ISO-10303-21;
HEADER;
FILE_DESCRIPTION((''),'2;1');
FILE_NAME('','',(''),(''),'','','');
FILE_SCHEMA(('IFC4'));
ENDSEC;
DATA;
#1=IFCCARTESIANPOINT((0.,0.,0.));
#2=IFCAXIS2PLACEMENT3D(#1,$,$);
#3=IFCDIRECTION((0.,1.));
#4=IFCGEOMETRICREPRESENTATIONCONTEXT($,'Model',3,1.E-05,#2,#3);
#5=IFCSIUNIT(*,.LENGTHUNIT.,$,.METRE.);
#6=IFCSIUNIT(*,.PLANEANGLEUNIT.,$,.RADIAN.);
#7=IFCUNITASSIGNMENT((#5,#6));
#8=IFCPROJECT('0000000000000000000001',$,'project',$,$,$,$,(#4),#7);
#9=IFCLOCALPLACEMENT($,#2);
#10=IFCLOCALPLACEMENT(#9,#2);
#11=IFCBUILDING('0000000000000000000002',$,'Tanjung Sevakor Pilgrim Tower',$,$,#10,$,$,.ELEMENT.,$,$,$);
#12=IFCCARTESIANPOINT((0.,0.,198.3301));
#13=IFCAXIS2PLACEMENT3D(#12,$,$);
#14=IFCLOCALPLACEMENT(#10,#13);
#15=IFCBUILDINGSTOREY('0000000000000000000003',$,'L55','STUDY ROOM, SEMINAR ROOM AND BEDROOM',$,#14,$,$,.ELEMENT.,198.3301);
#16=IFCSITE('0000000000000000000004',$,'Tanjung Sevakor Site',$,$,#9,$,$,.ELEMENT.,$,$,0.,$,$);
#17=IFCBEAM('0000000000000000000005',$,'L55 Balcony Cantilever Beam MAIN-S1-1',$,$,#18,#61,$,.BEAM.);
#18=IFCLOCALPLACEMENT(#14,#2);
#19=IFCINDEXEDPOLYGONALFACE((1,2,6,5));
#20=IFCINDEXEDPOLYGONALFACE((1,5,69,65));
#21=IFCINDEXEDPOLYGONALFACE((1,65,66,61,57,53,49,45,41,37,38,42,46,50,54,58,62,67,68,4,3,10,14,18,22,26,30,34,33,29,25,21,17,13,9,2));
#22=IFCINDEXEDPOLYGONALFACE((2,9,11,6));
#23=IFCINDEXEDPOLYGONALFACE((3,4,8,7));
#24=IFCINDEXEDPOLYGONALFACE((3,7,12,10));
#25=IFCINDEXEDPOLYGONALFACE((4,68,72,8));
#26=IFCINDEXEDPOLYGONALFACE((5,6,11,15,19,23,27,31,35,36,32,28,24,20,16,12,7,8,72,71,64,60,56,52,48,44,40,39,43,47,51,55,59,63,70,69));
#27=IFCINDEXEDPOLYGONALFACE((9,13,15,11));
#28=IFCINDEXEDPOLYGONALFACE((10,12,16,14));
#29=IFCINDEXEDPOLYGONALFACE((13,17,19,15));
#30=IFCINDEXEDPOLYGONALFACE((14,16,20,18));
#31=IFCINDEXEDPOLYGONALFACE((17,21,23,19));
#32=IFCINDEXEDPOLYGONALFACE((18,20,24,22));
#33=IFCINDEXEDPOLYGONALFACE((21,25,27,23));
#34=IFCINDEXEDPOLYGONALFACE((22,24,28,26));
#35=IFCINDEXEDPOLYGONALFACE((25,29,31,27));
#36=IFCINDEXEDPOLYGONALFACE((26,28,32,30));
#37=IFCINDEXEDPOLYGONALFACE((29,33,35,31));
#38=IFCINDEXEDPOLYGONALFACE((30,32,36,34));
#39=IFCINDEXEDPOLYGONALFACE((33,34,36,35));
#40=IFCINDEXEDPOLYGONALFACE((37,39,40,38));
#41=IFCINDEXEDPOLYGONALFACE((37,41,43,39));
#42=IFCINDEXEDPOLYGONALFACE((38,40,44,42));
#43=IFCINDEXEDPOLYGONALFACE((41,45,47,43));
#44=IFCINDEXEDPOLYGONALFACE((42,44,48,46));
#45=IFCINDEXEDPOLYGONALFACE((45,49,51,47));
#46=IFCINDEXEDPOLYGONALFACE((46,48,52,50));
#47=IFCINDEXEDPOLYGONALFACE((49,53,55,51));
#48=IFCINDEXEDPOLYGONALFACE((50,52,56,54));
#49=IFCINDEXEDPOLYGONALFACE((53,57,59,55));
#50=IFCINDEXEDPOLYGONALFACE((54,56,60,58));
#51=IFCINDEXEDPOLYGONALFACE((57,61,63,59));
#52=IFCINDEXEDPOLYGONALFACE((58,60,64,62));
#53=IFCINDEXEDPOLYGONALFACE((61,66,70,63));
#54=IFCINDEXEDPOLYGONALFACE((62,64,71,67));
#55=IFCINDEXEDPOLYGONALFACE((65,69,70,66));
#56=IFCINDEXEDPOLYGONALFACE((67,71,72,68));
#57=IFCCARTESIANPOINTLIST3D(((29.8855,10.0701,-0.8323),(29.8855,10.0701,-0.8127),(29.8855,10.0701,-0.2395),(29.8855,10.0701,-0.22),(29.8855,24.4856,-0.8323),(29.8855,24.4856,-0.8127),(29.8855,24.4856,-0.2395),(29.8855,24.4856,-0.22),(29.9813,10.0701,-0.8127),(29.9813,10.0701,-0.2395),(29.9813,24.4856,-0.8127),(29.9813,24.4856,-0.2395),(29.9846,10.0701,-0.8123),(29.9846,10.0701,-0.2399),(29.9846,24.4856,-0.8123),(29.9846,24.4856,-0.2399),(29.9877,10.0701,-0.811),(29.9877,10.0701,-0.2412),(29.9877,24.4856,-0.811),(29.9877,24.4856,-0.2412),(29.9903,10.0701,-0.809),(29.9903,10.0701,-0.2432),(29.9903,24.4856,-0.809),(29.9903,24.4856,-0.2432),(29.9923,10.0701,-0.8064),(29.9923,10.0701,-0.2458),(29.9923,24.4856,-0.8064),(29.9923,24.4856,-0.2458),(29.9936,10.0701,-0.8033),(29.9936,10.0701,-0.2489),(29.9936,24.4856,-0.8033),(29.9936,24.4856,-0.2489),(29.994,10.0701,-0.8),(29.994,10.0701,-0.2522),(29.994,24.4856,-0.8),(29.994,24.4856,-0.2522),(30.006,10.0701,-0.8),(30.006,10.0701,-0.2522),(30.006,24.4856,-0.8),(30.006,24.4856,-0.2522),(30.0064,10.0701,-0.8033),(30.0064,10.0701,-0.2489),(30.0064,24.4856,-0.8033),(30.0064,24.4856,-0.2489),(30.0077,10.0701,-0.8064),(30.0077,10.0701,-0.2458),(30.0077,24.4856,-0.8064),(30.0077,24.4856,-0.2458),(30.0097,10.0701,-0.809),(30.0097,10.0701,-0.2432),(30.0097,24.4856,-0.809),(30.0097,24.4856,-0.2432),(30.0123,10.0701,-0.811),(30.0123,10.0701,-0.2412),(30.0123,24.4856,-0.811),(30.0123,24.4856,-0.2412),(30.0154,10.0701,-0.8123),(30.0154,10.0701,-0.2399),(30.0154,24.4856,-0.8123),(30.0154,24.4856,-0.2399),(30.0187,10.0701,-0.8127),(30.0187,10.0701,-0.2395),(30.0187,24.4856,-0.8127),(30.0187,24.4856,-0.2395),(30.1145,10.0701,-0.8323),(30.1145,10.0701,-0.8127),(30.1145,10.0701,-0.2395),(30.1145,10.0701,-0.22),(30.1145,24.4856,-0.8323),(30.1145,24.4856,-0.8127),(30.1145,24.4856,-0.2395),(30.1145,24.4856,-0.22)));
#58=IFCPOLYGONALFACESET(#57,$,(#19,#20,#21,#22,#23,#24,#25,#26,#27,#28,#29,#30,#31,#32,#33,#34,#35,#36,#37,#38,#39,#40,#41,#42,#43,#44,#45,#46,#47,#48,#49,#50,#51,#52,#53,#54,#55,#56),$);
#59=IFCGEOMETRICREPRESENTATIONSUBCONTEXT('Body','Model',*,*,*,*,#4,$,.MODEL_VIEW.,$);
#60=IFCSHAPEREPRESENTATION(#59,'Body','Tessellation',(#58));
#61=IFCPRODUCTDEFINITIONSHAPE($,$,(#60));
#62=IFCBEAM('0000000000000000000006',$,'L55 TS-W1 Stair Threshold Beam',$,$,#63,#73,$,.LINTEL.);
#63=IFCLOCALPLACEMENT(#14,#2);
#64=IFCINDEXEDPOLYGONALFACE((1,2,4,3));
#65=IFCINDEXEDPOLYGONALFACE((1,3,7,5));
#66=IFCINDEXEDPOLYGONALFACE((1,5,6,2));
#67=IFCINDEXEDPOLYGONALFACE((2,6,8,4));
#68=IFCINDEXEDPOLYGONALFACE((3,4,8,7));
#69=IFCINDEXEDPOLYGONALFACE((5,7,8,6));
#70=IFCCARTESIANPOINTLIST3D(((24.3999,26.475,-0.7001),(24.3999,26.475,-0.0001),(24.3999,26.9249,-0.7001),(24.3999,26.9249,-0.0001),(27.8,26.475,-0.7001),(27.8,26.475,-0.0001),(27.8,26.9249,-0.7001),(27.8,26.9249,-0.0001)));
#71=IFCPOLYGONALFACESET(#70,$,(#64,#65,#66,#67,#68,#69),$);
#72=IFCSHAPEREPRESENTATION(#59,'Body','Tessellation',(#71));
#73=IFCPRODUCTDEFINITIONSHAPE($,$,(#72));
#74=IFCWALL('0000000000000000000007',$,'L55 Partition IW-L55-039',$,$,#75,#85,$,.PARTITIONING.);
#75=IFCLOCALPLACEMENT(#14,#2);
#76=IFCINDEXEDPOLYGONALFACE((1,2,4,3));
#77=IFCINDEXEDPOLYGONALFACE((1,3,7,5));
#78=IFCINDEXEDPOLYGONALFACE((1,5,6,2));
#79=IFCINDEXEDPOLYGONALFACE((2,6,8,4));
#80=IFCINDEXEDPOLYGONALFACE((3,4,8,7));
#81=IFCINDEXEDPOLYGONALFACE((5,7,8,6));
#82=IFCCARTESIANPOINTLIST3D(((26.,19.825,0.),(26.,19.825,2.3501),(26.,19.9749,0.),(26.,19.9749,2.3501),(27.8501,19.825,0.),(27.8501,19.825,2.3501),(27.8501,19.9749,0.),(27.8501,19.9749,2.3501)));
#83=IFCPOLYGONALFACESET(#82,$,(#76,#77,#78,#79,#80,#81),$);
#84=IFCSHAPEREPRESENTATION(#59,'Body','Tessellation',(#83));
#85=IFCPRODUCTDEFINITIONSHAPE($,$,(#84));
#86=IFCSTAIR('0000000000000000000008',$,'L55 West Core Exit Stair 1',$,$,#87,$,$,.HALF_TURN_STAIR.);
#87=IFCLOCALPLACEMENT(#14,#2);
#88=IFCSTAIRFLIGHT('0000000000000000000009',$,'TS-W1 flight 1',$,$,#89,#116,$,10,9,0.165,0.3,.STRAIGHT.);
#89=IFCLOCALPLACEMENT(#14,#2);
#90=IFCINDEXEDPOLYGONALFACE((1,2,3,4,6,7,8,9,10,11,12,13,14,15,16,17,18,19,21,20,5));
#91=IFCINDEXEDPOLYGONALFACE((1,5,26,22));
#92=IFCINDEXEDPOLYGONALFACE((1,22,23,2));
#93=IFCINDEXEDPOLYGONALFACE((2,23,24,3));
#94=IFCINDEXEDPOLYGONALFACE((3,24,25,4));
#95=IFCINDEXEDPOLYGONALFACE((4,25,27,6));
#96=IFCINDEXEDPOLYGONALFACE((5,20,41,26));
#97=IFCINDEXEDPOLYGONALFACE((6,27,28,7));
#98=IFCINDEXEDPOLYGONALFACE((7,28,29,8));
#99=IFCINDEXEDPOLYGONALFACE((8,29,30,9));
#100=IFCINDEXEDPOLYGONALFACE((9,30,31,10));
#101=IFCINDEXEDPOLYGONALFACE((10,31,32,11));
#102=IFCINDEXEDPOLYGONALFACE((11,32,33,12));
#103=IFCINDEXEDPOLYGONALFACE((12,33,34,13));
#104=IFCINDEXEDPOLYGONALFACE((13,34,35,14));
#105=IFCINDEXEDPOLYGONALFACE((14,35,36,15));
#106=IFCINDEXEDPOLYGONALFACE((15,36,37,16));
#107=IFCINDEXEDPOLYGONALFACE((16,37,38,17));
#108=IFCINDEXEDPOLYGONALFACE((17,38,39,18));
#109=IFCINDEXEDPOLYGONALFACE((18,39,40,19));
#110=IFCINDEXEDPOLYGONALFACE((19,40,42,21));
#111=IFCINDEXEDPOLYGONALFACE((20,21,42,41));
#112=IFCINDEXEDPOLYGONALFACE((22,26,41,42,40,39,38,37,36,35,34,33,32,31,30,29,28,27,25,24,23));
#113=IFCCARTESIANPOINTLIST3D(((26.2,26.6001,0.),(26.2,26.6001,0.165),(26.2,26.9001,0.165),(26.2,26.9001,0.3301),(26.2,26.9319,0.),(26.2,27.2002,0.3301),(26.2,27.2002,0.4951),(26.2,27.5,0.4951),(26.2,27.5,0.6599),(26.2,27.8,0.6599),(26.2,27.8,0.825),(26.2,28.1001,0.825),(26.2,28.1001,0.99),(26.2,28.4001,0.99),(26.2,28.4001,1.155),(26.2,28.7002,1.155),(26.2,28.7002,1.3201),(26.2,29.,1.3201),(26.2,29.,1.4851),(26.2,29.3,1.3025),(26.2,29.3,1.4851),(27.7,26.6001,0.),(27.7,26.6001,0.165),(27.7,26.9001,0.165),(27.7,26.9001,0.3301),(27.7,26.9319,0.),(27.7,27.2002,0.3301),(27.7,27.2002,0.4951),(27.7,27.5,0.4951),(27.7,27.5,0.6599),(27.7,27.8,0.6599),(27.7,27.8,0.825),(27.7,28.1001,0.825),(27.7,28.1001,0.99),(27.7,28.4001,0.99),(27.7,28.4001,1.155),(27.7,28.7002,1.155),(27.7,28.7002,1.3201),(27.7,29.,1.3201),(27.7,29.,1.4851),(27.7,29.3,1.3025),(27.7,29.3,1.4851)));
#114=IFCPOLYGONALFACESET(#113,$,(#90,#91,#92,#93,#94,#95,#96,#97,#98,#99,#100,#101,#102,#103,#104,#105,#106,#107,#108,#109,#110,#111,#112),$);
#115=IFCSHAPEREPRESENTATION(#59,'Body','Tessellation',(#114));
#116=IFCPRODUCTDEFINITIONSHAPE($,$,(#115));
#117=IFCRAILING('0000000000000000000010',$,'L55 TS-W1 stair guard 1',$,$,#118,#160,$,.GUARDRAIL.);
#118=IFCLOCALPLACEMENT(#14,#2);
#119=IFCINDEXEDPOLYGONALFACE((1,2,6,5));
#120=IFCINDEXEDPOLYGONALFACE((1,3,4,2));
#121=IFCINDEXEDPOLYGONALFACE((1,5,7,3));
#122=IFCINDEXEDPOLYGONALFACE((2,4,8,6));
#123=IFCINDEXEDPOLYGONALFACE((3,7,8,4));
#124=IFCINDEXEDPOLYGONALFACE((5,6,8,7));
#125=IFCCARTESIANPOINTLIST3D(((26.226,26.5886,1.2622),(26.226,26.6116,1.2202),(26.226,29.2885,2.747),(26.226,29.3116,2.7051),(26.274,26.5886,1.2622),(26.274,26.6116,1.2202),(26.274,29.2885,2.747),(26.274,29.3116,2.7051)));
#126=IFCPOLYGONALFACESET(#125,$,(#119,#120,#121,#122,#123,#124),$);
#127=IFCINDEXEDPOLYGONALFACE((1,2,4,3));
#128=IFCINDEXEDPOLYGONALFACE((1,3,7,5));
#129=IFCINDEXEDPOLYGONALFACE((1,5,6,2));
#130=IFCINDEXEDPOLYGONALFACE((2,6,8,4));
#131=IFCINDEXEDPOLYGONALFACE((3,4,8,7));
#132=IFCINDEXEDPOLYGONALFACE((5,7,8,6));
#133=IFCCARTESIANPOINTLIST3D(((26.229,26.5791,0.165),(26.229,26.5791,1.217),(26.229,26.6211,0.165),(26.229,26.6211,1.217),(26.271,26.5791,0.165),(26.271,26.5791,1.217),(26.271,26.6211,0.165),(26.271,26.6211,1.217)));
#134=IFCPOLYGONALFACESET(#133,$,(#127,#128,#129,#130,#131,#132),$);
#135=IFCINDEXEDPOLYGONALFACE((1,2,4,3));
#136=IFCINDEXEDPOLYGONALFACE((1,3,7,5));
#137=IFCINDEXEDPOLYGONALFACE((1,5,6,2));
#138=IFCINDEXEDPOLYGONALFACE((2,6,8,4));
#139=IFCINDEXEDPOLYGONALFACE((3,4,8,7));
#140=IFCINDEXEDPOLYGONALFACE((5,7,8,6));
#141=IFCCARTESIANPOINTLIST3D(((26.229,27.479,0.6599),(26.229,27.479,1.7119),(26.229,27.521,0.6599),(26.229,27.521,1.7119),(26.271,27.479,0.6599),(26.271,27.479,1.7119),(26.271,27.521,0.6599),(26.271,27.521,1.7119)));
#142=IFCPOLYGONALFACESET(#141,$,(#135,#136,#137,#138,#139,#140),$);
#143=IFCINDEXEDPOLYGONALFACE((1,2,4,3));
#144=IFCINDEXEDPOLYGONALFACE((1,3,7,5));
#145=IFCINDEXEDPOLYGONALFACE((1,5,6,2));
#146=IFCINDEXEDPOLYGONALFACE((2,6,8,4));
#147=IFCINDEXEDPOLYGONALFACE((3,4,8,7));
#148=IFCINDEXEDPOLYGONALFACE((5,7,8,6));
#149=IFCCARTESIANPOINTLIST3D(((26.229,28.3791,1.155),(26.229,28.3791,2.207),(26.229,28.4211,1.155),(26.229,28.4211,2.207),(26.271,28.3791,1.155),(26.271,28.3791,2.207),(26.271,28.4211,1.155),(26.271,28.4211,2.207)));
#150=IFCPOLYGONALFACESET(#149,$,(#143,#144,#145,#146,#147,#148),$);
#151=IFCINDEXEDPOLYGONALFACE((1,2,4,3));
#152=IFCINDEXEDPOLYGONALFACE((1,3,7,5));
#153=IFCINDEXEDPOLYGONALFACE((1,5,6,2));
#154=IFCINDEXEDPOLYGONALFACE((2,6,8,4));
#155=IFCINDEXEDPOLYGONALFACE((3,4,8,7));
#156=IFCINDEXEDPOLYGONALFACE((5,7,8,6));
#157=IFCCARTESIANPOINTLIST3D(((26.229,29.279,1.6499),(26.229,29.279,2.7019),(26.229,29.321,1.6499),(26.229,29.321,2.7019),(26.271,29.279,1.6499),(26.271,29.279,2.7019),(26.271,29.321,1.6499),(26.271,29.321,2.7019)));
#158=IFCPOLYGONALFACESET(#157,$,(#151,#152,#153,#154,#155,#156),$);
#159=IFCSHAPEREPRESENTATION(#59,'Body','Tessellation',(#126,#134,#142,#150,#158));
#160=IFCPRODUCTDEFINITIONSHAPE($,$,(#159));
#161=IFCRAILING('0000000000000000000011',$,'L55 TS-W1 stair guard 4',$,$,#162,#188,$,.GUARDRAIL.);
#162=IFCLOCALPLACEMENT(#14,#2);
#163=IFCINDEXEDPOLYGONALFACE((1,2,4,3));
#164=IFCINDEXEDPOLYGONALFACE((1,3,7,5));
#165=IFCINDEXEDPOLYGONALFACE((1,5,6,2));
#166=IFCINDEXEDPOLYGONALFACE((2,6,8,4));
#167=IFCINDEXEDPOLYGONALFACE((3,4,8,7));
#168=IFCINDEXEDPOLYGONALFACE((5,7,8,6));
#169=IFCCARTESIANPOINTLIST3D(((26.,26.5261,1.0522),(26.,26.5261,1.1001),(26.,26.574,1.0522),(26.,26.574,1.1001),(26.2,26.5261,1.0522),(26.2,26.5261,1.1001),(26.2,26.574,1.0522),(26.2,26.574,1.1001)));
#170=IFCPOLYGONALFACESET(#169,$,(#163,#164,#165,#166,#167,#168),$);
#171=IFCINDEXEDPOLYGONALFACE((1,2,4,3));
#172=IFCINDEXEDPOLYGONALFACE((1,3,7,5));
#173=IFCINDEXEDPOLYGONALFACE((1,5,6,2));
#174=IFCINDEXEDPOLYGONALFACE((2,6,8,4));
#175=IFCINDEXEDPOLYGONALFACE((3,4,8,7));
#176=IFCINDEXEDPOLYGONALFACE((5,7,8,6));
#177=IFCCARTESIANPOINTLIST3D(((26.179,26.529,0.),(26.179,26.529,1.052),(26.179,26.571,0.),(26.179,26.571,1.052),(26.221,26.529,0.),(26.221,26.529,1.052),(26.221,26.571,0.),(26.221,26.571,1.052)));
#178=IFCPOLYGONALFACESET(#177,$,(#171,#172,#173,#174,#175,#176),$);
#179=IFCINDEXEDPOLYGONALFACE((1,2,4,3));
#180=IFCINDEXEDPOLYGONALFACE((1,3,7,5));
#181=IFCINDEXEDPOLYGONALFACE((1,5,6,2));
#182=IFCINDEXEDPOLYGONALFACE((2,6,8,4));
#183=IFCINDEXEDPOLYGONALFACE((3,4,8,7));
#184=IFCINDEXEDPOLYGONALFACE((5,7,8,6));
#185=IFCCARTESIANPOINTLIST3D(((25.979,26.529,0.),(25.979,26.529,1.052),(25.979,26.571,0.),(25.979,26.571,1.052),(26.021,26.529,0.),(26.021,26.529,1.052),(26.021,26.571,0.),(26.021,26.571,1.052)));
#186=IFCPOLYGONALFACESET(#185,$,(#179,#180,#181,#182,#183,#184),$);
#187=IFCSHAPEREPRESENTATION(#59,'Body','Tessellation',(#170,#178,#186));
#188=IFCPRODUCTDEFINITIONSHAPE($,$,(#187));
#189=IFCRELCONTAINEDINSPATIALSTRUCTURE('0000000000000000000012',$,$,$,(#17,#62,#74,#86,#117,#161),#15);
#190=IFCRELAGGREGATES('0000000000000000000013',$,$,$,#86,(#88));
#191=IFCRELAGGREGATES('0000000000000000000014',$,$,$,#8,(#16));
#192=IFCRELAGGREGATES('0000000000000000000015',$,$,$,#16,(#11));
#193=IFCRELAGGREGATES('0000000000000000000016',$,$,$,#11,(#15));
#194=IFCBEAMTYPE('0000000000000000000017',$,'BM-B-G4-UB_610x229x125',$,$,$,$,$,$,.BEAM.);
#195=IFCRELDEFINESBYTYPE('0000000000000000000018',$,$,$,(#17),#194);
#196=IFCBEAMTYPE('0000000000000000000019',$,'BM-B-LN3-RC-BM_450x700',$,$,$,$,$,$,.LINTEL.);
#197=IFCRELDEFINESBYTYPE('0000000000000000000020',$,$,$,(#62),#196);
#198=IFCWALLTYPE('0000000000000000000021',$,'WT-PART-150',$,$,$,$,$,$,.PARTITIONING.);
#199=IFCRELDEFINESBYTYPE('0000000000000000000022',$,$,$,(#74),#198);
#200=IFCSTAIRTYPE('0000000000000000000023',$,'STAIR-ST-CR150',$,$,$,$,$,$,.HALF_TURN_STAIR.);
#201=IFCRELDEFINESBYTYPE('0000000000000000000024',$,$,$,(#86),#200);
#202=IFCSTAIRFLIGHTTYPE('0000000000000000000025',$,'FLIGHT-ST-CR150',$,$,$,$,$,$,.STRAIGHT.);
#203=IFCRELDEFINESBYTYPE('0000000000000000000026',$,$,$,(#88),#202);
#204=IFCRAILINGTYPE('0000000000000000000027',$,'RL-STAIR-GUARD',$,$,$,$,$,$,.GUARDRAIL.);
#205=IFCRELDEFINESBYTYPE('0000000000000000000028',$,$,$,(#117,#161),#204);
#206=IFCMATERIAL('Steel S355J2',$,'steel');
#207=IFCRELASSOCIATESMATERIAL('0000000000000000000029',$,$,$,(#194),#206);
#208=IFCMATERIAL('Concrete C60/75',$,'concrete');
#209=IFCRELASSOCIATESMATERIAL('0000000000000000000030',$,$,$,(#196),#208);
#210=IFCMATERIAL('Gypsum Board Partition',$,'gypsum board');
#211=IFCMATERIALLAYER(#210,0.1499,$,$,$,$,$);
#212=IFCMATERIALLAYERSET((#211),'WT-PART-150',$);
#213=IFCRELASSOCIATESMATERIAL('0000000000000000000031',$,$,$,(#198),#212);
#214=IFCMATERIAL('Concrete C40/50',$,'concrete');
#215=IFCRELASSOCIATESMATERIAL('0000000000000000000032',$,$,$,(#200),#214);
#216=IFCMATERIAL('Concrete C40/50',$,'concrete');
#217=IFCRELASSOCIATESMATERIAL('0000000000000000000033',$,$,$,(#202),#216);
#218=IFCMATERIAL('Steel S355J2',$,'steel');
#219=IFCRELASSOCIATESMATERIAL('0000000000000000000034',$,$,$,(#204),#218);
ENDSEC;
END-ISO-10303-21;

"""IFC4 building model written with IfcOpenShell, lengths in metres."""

from ifc_helpers import new_model, si_unit, direction, frame, frame_2d, origin, origin_2d, place, context, subcontext, project, spatial, polyline, rectangle, i_section, outline, extrude, material, layer, layer_set, material_profile, profile_set, type_object, element, aggregate, save


model = new_model("IFC4")

# Units and contexts
model_context = context("Model", 3, precision=1e-05, world=origin(), true_north=direction((0.0, 1.0)))
body_context = subcontext(model_context, "Body", "Model", "MODEL_VIEW")
ifc_project = project(units=[si_unit("LENGTHUNIT", "METRE"), si_unit("PLANEANGLEUNIT", "RADIAN")], contexts=[model_context])

# Site, building, storey
site_placement = place(None, origin())
site = spatial("IfcSite", under=ifc_project, at=site_placement, Name="Tanjung Sevakor Site", CompositionType="ELEMENT", RefElevation=0.0)
building_placement = place(site_placement, origin())
building = spatial("IfcBuilding", under=site, at=building_placement, Name="Tanjung Sevakor Pilgrim Tower", CompositionType="ELEMENT")
storey_placement = place(building_placement, frame((0.0, 0.0, 198.3301)))
storey = spatial("IfcBuildingStorey", under=building, at=storey_placement, Name="L55", Description="STUDY ROOM, SEMINAR ROOM AND BEDROOM", CompositionType="ELEMENT", Elevation=198.3301)

# Beams
ifc_material_1 = material(Name="Steel S355J2", Category="steel")
ifc_material_profile_1 = material_profile(ifc_material_1, i_section(OverallWidth=0.229, OverallDepth=0.6123, WebThickness=0.012, FlangeThickness=0.0195, FilletRadius=0.0127, at=origin_2d()))
ifc_profile_set_1 = profile_set([ifc_material_profile_1], Name="Steel S355J2")
beam_type_1 = type_object("IfcBeamType", Name="BM-B-G4-UB_610x229x125", PredefinedType="BEAM", material=ifc_profile_set_1)
beam_1_placement = place(storey_placement, frame((30.0, 24.4856, -0.5261), z_axis=(0.0, -1.0, 0.0), x_axis=(1.0, 0.0, 0.0)))
element("IfcBeam", 1, at=beam_1_placement, inside=storey, type_object=beam_type_1, Name="L55 Balcony Cantilever Beam MAIN-S1-1", PredefinedType="BEAM", context=body_context, shape_type="SweptSolid", body=[
    extrude(i_section(OverallWidth=0.229, OverallDepth=0.6123, WebThickness=0.012, FlangeThickness=0.0195, FilletRadius=0.0127, at=origin_2d()), origin(), (0.0, 0.0, 1.0), 14.4155),
])
ifc_material_2 = material(Name="Concrete C60/75", Category="concrete")
ifc_material_profile_2 = material_profile(ifc_material_2, rectangle(XDim=0.45, YDim=0.7, at=origin_2d()))
ifc_profile_set_2 = profile_set([ifc_material_profile_2], Name="Concrete C60/75")
beam_type_2 = type_object("IfcBeamType", Name="BM-B-LN3-RC-BM_450x700", PredefinedType="LINTEL", material=ifc_profile_set_2)
beam_2_placement = place(storey_placement, frame((24.3999, 26.7, -0.3501), z_axis=(1.0, 0.0, 0.0), x_axis=(0.0, 1.0, 0.0)))
element("IfcBeam", 2, at=beam_2_placement, inside=storey, type_object=beam_type_2, Name="L55 TS-W1 Stair Threshold Beam", PredefinedType="LINTEL", context=body_context, shape_type="SweptSolid", body=[
    extrude(rectangle(XDim=0.45, YDim=0.7, at=origin_2d()), origin(), (0.0, 0.0, 1.0), 3.4001),
])

# Wall
ifc_material_3 = material(Name="Gypsum Board Partition", Category="gypsum board")
ifc_layer_1 = layer(ifc_material_3, 0.1499)
ifc_layer_set_1 = layer_set([ifc_layer_1], Name="WT-PART-150")
wall_type_1 = type_object("IfcWallType", Name="WT-PART-150", PredefinedType="PARTITIONING", material=ifc_layer_set_1)
wall_1_placement = place(storey_placement, frame((26.0, 19.8999, 0.0), z_axis=(0.0, 0.0, 1.0), x_axis=(1.0, 0.0, 0.0)))
element("IfcWall", 3, at=wall_1_placement, inside=storey, type_object=wall_type_1, Name="L55 Partition IW-L55-039", PredefinedType="PARTITIONING", context=body_context, shape_type="SweptSolid", body=[
    extrude(rectangle(XDim=1.8501, YDim=0.1499, at=frame_2d((0.925, 0.0))), origin(), (0.0, 0.0, 1.0), 2.3501),
])

# Stair, stair flight
ifc_material_4 = material(Name="Concrete C40/50", Category="concrete")
stair_type = type_object("IfcStairType", Name="STAIR-ST-CR150", PredefinedType="HALF_TURN_STAIR", material=ifc_material_4)
stair_placement = place(storey_placement, origin())
stair = element("IfcStair", 4, at=stair_placement, inside=storey, type_object=stair_type, Name="L55 West Core Exit Stair 1", PredefinedType="HALF_TURN_STAIR")
ifc_material_5 = material(Name="Concrete C40/50", Category="concrete")
stair_flight_type = type_object("IfcStairFlightType", Name="FLIGHT-ST-CR150", PredefinedType="STRAIGHT", material=ifc_material_5)
stair_flight_placement = place(storey_placement, frame((26.95, 26.6001, 0.0), z_axis=(0.0, 0.0, 1.0), x_axis=(0.0, 1.0, 0.0)))
stair_flight = element("IfcStairFlight", 5, at=stair_flight_placement, type_object=stair_flight_type, Name="TS-W1 flight 1", NumberOfRisers=10, NumberOfTreads=9, PredefinedType="STRAIGHT", RiserHeight=0.165, TreadLength=0.3, context=body_context, shape_type="SweptSolid", body=[
    extrude(outline(polyline([(0.0, 0.0), (0.0, 0.165), (0.3, 0.165), (0.3, 0.3301), (0.6001, 0.3301), (0.6001, 0.4951), (0.8999, 0.4951), (0.8999, 0.6599), (1.2, 0.6599), (1.2, 0.825), (1.5, 0.825), (1.5, 0.99), (1.8, 0.99), (1.8, 1.155), (2.1001, 1.155), (2.1001, 1.3201), (2.3999, 1.3201), (2.3999, 1.4851), (2.7, 1.4851), (2.7, 1.6499), (2.7, 1.3025), (0.3318, 0.0), (0.0, 0.0)])), frame((0.0, 0.75, 0.0), z_axis=(0.0, -1.0, 0.0), x_axis=(1.0, 0.0, 0.0)), (0.0, 0.0, 1.0), 1.5),
])
aggregate(stair, [stair_flight])

# Railings
ifc_material_6 = material(Name="Steel S355J2", Category="steel")
railing_type_1 = type_object("IfcRailingType", Name="RL-STAIR-GUARD", PredefinedType="GUARDRAIL", material=ifc_material_6)
railing_1_placement = place(storey_placement, frame((26.25, 26.6001, 0.165)))
element("IfcRailing", 6, at=railing_1_placement, inside=storey, type_object=railing_type_1, Name="L55 TS-W1 stair guard 1", PredefinedType="GUARDRAIL", context=body_context, shape_type="SweptSolid", body=[
    extrude(rectangle(XDim=0.0479, YDim=0.0479), frame((0.0, 0.0, 1.0762), z_axis=(0.0, 0.876231, 0.481891), x_axis=(-1.0, 0.0, 0.0)), (0.0, 0.0, 1.0), 3.0813),
    extrude(rectangle(XDim=0.042, YDim=0.042), origin(), (0.0, 0.0, 1.0), 1.052),
    extrude(rectangle(XDim=0.042, YDim=0.042), frame((0.0, 0.8999, 0.4949)), (0.0, 0.0, 1.0), 1.052),
    extrude(rectangle(XDim=0.042, YDim=0.042), frame((0.0, 1.8, 0.99)), (0.0, 0.0, 1.0), 1.052),
    extrude(rectangle(XDim=0.042, YDim=0.042), frame((0.0, 2.7, 1.4849)), (0.0, 0.0, 1.0), 1.052),
])
railing_2_placement = place(storey_placement, frame((26.2, 26.55, 0.0)))
element("IfcRailing", 7, at=railing_2_placement, inside=storey, type_object=railing_type_1, Name="L55 TS-W1 stair guard 4", PredefinedType="GUARDRAIL", context=body_context, shape_type="SweptSolid", body=[
    extrude(rectangle(XDim=0.0479, YDim=0.0479), frame((0.0, 0.0, 1.0762), z_axis=(-1.0, 0.0, 0.0), x_axis=(0.0, -1.0, 0.0)), (0.0, 0.0, 1.0), 0.2),
    extrude(rectangle(XDim=0.042, YDim=0.042), origin(), (0.0, 0.0, 1.0), 1.052),
    extrude(rectangle(XDim=0.042, YDim=0.042), frame((-0.2, 0.0, 0.0)), (0.0, 0.0, 1.0), 1.052),
])

save(model, "model.ifc")
